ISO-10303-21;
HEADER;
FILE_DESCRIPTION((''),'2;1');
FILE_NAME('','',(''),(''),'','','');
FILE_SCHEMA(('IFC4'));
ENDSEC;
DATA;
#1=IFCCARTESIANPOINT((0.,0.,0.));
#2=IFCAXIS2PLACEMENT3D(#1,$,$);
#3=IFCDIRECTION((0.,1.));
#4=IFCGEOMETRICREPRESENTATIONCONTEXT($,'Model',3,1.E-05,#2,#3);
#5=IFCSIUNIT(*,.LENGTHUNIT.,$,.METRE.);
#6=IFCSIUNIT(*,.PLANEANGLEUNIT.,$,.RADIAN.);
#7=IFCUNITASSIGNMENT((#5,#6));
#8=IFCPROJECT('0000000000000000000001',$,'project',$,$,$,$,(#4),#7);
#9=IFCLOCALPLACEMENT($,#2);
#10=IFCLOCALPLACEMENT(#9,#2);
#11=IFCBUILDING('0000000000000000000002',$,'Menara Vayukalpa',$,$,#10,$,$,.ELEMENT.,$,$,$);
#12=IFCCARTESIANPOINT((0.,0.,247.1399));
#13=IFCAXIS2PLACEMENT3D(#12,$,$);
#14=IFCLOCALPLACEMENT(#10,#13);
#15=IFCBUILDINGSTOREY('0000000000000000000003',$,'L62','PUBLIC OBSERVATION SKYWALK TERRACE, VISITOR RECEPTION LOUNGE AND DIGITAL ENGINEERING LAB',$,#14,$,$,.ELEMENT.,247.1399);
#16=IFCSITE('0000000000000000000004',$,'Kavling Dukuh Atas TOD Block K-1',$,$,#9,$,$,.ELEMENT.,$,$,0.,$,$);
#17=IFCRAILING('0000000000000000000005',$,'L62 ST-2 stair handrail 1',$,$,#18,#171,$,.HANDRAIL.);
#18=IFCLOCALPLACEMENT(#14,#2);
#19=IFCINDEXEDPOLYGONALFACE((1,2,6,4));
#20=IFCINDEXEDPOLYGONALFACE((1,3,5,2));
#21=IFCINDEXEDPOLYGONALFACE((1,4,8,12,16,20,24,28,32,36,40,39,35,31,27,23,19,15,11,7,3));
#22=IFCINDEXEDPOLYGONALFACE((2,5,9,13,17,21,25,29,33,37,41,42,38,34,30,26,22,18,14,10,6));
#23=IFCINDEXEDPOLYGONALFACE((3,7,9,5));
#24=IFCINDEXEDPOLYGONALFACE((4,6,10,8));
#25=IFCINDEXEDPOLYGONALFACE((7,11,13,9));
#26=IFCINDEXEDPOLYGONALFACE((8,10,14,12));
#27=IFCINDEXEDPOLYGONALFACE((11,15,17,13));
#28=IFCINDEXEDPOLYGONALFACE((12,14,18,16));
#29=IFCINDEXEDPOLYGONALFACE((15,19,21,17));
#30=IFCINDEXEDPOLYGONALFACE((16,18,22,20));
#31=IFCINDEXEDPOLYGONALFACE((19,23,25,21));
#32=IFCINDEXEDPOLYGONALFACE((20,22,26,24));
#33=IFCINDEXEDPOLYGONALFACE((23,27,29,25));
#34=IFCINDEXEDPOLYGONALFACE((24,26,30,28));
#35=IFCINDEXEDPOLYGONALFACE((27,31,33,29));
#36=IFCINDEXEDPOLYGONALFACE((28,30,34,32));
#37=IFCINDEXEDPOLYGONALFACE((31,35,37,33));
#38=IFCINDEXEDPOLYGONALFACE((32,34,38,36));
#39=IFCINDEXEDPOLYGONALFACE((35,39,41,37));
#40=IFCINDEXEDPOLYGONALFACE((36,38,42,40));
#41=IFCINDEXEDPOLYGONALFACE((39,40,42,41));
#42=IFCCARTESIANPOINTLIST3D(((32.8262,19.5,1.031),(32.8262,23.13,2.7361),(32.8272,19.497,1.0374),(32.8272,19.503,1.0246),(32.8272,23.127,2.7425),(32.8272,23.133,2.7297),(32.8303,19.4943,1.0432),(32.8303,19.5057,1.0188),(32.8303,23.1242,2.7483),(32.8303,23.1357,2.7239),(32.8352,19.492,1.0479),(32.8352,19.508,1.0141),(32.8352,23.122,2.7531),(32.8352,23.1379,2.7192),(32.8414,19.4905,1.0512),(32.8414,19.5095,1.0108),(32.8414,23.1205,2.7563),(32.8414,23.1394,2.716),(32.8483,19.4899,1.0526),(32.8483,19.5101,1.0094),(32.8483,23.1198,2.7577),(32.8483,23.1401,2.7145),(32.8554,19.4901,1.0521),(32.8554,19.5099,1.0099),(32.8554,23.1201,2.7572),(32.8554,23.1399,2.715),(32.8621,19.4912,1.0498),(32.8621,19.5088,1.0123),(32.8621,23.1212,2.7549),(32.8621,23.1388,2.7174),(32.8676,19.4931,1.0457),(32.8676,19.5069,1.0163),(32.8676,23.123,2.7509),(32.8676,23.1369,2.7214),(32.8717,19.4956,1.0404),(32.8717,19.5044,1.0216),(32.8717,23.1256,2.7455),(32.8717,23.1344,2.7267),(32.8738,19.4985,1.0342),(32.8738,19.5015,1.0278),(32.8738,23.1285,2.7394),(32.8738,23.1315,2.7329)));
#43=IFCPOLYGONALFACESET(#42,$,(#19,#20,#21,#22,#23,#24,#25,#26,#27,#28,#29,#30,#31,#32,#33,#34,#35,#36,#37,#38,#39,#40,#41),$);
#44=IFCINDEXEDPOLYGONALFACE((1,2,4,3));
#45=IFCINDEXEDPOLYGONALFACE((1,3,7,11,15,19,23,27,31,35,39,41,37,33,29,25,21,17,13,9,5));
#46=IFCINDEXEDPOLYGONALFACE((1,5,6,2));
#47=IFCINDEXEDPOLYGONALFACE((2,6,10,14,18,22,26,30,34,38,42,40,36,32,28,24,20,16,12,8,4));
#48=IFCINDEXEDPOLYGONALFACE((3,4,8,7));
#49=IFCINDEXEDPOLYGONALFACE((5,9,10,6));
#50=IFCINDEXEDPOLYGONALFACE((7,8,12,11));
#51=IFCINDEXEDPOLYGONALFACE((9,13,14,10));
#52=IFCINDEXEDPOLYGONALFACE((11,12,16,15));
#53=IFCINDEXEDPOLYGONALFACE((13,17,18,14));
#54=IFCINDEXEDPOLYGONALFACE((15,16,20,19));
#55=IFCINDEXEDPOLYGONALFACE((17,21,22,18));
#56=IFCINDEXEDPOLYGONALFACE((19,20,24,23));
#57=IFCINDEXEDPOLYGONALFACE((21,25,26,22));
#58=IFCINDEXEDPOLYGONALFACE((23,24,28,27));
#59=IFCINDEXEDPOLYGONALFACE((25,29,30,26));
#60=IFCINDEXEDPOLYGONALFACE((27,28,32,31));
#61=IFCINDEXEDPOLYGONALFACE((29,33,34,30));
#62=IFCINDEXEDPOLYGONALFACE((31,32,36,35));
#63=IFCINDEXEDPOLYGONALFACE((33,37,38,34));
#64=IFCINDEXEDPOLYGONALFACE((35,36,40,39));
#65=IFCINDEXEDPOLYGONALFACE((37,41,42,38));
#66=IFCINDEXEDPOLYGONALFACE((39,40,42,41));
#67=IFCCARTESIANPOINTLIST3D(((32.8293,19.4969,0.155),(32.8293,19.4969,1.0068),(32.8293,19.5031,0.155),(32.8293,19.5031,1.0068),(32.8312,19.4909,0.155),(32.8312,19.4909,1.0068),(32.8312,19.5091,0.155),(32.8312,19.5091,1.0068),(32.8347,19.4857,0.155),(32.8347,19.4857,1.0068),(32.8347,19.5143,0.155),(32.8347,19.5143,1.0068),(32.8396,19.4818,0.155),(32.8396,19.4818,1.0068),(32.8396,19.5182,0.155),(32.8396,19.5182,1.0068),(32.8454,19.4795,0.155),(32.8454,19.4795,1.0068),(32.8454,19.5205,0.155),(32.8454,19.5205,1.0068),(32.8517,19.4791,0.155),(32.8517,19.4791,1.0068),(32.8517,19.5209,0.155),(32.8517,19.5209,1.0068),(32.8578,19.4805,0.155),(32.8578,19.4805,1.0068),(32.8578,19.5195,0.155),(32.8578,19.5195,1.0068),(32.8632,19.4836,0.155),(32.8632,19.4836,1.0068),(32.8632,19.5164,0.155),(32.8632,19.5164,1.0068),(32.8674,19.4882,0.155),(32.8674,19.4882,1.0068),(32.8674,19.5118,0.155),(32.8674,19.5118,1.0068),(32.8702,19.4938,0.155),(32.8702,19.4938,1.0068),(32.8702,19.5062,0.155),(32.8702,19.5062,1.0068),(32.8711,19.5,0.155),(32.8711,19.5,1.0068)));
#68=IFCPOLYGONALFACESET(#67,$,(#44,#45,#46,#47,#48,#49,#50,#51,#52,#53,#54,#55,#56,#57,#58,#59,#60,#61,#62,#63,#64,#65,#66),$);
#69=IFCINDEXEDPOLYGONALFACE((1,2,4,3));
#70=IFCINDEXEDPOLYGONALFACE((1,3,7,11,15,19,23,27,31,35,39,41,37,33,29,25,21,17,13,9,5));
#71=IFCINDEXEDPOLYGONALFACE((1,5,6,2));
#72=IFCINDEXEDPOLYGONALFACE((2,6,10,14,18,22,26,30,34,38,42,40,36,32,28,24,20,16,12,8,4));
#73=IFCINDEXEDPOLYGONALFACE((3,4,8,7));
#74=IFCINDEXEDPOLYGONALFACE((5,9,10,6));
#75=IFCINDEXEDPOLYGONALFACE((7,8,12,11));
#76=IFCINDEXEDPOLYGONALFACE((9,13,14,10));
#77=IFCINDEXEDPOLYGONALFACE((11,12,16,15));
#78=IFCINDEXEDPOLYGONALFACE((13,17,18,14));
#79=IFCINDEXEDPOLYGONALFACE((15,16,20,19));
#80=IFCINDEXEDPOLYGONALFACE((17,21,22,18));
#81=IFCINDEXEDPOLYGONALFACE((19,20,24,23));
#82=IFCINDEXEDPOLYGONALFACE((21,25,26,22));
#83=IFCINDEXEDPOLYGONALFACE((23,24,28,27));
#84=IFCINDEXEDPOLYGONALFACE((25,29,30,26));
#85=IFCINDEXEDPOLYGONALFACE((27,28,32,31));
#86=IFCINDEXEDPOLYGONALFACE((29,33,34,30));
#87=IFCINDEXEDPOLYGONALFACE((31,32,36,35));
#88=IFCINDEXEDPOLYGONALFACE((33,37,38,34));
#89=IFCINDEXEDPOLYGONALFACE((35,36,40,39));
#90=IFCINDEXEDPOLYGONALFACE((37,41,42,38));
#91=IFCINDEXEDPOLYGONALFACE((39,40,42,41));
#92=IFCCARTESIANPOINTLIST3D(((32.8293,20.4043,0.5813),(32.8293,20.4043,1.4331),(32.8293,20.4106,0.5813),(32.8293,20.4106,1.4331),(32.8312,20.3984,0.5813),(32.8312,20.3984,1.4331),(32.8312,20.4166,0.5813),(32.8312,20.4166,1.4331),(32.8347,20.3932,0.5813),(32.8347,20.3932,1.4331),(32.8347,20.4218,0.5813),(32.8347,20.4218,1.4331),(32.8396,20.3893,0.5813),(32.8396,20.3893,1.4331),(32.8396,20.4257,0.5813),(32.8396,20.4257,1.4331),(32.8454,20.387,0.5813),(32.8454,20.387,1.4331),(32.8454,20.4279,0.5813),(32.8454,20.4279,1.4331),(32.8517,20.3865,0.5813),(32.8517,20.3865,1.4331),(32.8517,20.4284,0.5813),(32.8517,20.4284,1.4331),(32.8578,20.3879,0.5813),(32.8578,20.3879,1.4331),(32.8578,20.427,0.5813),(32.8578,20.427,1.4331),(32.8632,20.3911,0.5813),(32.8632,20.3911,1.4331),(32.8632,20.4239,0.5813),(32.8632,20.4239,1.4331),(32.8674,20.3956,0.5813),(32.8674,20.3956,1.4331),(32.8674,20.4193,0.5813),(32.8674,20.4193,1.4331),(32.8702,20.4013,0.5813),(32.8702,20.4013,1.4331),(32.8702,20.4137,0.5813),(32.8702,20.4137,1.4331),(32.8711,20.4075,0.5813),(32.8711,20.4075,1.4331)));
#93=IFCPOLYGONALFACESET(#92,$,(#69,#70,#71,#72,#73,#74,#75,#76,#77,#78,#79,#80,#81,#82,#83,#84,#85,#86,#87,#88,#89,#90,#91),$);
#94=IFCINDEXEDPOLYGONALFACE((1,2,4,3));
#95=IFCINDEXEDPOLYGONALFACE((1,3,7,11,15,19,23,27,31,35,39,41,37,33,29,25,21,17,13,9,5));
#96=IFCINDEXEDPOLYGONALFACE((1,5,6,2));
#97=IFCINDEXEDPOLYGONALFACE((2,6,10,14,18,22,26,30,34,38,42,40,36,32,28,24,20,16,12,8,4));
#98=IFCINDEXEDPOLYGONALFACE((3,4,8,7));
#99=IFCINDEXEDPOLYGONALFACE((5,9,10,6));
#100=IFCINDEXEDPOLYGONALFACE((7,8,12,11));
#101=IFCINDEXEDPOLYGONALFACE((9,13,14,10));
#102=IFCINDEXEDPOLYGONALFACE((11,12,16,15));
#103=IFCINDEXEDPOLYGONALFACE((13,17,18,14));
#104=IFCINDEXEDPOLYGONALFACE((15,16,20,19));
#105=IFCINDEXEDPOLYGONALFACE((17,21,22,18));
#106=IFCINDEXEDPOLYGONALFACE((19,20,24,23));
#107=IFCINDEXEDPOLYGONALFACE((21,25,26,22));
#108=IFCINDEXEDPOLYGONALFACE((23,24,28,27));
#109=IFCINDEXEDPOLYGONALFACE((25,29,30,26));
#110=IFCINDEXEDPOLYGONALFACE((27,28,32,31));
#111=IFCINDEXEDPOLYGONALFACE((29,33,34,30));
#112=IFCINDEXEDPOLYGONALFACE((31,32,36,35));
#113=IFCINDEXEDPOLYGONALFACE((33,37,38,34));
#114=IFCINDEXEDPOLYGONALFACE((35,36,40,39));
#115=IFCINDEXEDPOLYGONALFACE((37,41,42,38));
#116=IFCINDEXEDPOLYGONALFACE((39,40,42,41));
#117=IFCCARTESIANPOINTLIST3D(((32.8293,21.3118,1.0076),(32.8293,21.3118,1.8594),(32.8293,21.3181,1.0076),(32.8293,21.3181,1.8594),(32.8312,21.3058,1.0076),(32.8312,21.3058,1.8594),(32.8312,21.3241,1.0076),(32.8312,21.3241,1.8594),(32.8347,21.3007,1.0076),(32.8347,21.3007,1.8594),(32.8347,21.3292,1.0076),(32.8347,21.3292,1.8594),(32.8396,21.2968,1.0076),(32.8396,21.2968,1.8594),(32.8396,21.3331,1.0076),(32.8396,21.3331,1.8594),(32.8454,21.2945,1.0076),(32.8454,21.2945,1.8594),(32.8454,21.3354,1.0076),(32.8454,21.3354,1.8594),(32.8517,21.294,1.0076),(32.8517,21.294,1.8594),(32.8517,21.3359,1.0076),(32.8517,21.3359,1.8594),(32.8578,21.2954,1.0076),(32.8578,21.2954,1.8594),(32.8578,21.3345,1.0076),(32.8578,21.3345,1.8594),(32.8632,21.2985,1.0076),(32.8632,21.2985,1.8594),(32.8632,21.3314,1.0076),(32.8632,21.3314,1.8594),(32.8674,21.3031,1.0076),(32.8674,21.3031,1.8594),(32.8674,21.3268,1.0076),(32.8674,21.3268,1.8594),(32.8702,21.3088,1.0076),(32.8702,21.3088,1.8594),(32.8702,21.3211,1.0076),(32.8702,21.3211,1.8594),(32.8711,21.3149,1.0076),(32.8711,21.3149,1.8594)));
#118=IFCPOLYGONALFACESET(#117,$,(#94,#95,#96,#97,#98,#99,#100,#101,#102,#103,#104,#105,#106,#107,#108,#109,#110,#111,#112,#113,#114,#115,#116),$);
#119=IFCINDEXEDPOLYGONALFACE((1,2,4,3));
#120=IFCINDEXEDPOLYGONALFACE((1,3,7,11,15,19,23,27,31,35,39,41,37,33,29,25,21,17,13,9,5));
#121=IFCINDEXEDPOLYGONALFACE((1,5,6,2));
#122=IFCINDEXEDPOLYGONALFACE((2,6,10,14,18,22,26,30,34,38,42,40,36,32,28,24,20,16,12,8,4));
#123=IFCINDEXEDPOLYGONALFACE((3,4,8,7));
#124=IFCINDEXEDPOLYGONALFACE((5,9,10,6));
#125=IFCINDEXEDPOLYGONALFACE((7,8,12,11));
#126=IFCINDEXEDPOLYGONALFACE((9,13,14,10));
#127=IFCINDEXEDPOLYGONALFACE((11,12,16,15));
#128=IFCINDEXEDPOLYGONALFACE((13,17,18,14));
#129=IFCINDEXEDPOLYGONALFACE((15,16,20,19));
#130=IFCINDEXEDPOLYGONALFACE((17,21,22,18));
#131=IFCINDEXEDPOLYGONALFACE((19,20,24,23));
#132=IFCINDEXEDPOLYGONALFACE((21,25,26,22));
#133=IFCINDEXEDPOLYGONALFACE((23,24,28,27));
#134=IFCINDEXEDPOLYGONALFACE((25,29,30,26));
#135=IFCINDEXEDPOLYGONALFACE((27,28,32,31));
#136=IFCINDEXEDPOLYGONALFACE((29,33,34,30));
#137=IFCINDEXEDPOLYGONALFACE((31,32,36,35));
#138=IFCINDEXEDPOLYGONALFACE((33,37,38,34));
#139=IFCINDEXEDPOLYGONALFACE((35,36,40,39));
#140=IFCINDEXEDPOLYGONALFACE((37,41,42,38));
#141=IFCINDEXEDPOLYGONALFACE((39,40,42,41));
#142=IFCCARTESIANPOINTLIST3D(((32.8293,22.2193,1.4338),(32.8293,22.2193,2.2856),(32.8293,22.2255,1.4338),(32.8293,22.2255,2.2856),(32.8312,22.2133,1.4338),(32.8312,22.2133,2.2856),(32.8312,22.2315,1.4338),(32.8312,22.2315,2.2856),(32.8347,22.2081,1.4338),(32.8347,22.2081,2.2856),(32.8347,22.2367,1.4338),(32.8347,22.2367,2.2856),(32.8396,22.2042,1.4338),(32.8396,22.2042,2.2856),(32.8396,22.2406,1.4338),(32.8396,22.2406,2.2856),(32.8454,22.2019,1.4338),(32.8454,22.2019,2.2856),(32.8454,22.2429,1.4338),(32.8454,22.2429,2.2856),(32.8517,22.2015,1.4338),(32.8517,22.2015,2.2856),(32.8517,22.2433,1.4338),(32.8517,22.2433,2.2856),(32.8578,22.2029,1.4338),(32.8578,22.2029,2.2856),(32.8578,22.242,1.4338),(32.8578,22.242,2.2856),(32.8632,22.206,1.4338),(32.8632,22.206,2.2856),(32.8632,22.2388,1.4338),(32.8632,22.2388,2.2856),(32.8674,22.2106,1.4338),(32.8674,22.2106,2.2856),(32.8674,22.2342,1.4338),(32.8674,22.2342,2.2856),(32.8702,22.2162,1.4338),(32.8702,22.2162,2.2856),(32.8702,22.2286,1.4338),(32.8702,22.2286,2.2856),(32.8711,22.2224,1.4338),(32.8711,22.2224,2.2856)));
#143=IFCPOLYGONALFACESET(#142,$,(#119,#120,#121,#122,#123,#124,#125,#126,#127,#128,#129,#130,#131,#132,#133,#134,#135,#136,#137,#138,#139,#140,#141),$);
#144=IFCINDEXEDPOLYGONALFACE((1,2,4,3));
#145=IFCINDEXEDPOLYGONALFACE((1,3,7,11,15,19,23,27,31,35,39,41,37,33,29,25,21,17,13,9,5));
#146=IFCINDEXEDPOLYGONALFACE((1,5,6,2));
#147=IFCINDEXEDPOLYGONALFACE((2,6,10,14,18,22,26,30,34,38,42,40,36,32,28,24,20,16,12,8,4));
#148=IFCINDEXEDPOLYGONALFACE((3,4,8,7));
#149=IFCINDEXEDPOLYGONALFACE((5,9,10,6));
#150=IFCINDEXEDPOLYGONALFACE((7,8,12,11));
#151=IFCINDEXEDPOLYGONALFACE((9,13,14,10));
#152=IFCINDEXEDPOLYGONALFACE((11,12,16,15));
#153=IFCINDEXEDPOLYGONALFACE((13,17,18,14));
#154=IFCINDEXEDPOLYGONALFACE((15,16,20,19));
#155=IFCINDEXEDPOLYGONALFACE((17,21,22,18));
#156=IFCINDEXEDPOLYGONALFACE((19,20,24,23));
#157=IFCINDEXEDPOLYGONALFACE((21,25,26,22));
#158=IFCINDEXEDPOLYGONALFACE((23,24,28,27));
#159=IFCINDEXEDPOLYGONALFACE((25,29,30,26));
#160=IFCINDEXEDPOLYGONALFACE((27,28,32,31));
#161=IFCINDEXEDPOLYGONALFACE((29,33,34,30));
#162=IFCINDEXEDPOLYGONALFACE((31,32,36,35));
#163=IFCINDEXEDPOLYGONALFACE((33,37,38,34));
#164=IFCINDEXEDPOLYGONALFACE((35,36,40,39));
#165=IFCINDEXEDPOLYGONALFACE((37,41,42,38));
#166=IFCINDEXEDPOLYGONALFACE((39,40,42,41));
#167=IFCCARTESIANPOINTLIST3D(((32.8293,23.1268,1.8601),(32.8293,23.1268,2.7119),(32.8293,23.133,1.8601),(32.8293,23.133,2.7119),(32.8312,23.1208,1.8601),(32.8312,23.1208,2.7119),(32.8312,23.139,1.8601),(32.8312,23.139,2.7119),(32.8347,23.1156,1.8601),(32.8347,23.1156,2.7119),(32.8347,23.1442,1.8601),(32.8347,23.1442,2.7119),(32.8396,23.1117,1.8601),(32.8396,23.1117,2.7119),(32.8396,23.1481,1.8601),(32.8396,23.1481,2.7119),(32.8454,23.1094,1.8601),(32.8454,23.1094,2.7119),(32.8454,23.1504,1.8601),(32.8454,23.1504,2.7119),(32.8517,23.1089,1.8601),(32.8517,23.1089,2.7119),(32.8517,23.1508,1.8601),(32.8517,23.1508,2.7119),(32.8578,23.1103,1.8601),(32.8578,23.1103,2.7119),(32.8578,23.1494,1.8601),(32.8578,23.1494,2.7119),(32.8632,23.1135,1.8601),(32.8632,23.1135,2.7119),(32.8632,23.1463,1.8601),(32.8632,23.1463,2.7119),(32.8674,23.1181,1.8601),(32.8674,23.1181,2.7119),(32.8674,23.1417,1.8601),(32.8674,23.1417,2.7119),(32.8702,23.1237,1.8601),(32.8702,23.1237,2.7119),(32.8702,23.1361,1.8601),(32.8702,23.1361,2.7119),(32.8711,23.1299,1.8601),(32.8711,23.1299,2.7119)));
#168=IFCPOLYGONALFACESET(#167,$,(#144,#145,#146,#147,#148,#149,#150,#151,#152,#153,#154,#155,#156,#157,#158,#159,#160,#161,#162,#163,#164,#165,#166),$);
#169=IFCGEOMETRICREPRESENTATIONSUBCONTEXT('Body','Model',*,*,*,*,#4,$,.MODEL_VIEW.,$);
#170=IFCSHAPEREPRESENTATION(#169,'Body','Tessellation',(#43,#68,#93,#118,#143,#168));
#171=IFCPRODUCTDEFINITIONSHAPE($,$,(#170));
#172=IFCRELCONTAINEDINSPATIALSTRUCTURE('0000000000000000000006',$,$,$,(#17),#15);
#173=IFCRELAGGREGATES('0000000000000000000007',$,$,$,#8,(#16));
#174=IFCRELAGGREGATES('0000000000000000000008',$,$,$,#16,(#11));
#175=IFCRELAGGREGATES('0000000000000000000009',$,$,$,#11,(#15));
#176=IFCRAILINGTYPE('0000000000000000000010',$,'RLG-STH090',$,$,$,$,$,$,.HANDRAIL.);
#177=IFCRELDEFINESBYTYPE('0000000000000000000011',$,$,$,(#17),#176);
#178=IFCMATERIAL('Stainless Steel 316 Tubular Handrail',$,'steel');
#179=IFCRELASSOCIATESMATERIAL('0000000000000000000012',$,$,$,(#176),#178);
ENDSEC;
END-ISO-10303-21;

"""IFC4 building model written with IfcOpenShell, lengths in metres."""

from ifc_helpers import new_model, si_unit, direction, frame, origin, origin_2d, place, context, subcontext, project, spatial, circle, extrude, material, type_object, element, save


model = new_model("IFC4")

# Units and contexts
model_context = context("Model", 3, precision=1e-05, world=origin(), true_north=direction((0.0, 1.0)))
body_context = subcontext(model_context, "Body", "Model", "MODEL_VIEW")
ifc_project = project(units=[si_unit("LENGTHUNIT", "METRE"), si_unit("PLANEANGLEUNIT", "RADIAN")], contexts=[model_context])

# Site, building, storey
site_placement = place(None, origin())
site = spatial("IfcSite", under=ifc_project, at=site_placement, Name="Kavling Dukuh Atas TOD Block K-1", CompositionType="ELEMENT", RefElevation=0.0)
building_placement = place(site_placement, origin())
building = spatial("IfcBuilding", under=site, at=building_placement, Name="Menara Vayukalpa", CompositionType="ELEMENT")
storey_placement = place(building_placement, frame((0.0, 0.0, 247.1399)))
storey = spatial("IfcBuildingStorey", under=building, at=storey_placement, Name="L62", Description="PUBLIC OBSERVATION SKYWALK TERRACE, VISITOR RECEPTION LOUNGE AND DIGITAL ENGINEERING LAB", CompositionType="ELEMENT", Elevation=247.1399)

# Railing
ifc_material_1 = material(Name="Stainless Steel 316 Tubular Handrail", Category="steel")
railing_type_1 = type_object("IfcRailingType", Name="RLG-STH090", PredefinedType="HANDRAIL", material=ifc_material_1)
railing_1_placement = place(storey_placement, frame((32.8501, 19.5, 0.155)))
element("IfcRailing", 1, at=railing_1_placement, inside=storey, type_object=railing_type_1, Name="L62 ST-2 stair handrail 1", PredefinedType="HANDRAIL", context=body_context, shape_type="SweptSolid", body=[
    extrude(circle(Radius=0.0239, at=origin_2d()), frame((0.0, 0.0, 0.876), z_axis=(0.0, 0.905116, 0.425164), x_axis=(-1.0, 0.0, 0.0)), (0.0, 0.0, 1.0), 4.0105),
    extrude(circle(Radius=0.021, at=origin_2d()), origin(), (0.0, 0.0, 1.0), 0.8518),
    extrude(circle(Radius=0.021, at=origin_2d()), frame((0.0, 0.9075, 0.4263)), (0.0, 0.0, 1.0), 0.8518),
    extrude(circle(Radius=0.021, at=origin_2d()), frame((0.0, 1.8149, 0.8525)), (0.0, 0.0, 1.0), 0.8518),
    extrude(circle(Radius=0.021, at=origin_2d()), frame((0.0, 2.7224, 1.2788)), (0.0, 0.0, 1.0), 0.8518),
    extrude(circle(Radius=0.021, at=origin_2d()), frame((0.0, 3.6299, 1.7051)), (0.0, 0.0, 1.0), 0.8518),
])

save(model, "model.ifc")
